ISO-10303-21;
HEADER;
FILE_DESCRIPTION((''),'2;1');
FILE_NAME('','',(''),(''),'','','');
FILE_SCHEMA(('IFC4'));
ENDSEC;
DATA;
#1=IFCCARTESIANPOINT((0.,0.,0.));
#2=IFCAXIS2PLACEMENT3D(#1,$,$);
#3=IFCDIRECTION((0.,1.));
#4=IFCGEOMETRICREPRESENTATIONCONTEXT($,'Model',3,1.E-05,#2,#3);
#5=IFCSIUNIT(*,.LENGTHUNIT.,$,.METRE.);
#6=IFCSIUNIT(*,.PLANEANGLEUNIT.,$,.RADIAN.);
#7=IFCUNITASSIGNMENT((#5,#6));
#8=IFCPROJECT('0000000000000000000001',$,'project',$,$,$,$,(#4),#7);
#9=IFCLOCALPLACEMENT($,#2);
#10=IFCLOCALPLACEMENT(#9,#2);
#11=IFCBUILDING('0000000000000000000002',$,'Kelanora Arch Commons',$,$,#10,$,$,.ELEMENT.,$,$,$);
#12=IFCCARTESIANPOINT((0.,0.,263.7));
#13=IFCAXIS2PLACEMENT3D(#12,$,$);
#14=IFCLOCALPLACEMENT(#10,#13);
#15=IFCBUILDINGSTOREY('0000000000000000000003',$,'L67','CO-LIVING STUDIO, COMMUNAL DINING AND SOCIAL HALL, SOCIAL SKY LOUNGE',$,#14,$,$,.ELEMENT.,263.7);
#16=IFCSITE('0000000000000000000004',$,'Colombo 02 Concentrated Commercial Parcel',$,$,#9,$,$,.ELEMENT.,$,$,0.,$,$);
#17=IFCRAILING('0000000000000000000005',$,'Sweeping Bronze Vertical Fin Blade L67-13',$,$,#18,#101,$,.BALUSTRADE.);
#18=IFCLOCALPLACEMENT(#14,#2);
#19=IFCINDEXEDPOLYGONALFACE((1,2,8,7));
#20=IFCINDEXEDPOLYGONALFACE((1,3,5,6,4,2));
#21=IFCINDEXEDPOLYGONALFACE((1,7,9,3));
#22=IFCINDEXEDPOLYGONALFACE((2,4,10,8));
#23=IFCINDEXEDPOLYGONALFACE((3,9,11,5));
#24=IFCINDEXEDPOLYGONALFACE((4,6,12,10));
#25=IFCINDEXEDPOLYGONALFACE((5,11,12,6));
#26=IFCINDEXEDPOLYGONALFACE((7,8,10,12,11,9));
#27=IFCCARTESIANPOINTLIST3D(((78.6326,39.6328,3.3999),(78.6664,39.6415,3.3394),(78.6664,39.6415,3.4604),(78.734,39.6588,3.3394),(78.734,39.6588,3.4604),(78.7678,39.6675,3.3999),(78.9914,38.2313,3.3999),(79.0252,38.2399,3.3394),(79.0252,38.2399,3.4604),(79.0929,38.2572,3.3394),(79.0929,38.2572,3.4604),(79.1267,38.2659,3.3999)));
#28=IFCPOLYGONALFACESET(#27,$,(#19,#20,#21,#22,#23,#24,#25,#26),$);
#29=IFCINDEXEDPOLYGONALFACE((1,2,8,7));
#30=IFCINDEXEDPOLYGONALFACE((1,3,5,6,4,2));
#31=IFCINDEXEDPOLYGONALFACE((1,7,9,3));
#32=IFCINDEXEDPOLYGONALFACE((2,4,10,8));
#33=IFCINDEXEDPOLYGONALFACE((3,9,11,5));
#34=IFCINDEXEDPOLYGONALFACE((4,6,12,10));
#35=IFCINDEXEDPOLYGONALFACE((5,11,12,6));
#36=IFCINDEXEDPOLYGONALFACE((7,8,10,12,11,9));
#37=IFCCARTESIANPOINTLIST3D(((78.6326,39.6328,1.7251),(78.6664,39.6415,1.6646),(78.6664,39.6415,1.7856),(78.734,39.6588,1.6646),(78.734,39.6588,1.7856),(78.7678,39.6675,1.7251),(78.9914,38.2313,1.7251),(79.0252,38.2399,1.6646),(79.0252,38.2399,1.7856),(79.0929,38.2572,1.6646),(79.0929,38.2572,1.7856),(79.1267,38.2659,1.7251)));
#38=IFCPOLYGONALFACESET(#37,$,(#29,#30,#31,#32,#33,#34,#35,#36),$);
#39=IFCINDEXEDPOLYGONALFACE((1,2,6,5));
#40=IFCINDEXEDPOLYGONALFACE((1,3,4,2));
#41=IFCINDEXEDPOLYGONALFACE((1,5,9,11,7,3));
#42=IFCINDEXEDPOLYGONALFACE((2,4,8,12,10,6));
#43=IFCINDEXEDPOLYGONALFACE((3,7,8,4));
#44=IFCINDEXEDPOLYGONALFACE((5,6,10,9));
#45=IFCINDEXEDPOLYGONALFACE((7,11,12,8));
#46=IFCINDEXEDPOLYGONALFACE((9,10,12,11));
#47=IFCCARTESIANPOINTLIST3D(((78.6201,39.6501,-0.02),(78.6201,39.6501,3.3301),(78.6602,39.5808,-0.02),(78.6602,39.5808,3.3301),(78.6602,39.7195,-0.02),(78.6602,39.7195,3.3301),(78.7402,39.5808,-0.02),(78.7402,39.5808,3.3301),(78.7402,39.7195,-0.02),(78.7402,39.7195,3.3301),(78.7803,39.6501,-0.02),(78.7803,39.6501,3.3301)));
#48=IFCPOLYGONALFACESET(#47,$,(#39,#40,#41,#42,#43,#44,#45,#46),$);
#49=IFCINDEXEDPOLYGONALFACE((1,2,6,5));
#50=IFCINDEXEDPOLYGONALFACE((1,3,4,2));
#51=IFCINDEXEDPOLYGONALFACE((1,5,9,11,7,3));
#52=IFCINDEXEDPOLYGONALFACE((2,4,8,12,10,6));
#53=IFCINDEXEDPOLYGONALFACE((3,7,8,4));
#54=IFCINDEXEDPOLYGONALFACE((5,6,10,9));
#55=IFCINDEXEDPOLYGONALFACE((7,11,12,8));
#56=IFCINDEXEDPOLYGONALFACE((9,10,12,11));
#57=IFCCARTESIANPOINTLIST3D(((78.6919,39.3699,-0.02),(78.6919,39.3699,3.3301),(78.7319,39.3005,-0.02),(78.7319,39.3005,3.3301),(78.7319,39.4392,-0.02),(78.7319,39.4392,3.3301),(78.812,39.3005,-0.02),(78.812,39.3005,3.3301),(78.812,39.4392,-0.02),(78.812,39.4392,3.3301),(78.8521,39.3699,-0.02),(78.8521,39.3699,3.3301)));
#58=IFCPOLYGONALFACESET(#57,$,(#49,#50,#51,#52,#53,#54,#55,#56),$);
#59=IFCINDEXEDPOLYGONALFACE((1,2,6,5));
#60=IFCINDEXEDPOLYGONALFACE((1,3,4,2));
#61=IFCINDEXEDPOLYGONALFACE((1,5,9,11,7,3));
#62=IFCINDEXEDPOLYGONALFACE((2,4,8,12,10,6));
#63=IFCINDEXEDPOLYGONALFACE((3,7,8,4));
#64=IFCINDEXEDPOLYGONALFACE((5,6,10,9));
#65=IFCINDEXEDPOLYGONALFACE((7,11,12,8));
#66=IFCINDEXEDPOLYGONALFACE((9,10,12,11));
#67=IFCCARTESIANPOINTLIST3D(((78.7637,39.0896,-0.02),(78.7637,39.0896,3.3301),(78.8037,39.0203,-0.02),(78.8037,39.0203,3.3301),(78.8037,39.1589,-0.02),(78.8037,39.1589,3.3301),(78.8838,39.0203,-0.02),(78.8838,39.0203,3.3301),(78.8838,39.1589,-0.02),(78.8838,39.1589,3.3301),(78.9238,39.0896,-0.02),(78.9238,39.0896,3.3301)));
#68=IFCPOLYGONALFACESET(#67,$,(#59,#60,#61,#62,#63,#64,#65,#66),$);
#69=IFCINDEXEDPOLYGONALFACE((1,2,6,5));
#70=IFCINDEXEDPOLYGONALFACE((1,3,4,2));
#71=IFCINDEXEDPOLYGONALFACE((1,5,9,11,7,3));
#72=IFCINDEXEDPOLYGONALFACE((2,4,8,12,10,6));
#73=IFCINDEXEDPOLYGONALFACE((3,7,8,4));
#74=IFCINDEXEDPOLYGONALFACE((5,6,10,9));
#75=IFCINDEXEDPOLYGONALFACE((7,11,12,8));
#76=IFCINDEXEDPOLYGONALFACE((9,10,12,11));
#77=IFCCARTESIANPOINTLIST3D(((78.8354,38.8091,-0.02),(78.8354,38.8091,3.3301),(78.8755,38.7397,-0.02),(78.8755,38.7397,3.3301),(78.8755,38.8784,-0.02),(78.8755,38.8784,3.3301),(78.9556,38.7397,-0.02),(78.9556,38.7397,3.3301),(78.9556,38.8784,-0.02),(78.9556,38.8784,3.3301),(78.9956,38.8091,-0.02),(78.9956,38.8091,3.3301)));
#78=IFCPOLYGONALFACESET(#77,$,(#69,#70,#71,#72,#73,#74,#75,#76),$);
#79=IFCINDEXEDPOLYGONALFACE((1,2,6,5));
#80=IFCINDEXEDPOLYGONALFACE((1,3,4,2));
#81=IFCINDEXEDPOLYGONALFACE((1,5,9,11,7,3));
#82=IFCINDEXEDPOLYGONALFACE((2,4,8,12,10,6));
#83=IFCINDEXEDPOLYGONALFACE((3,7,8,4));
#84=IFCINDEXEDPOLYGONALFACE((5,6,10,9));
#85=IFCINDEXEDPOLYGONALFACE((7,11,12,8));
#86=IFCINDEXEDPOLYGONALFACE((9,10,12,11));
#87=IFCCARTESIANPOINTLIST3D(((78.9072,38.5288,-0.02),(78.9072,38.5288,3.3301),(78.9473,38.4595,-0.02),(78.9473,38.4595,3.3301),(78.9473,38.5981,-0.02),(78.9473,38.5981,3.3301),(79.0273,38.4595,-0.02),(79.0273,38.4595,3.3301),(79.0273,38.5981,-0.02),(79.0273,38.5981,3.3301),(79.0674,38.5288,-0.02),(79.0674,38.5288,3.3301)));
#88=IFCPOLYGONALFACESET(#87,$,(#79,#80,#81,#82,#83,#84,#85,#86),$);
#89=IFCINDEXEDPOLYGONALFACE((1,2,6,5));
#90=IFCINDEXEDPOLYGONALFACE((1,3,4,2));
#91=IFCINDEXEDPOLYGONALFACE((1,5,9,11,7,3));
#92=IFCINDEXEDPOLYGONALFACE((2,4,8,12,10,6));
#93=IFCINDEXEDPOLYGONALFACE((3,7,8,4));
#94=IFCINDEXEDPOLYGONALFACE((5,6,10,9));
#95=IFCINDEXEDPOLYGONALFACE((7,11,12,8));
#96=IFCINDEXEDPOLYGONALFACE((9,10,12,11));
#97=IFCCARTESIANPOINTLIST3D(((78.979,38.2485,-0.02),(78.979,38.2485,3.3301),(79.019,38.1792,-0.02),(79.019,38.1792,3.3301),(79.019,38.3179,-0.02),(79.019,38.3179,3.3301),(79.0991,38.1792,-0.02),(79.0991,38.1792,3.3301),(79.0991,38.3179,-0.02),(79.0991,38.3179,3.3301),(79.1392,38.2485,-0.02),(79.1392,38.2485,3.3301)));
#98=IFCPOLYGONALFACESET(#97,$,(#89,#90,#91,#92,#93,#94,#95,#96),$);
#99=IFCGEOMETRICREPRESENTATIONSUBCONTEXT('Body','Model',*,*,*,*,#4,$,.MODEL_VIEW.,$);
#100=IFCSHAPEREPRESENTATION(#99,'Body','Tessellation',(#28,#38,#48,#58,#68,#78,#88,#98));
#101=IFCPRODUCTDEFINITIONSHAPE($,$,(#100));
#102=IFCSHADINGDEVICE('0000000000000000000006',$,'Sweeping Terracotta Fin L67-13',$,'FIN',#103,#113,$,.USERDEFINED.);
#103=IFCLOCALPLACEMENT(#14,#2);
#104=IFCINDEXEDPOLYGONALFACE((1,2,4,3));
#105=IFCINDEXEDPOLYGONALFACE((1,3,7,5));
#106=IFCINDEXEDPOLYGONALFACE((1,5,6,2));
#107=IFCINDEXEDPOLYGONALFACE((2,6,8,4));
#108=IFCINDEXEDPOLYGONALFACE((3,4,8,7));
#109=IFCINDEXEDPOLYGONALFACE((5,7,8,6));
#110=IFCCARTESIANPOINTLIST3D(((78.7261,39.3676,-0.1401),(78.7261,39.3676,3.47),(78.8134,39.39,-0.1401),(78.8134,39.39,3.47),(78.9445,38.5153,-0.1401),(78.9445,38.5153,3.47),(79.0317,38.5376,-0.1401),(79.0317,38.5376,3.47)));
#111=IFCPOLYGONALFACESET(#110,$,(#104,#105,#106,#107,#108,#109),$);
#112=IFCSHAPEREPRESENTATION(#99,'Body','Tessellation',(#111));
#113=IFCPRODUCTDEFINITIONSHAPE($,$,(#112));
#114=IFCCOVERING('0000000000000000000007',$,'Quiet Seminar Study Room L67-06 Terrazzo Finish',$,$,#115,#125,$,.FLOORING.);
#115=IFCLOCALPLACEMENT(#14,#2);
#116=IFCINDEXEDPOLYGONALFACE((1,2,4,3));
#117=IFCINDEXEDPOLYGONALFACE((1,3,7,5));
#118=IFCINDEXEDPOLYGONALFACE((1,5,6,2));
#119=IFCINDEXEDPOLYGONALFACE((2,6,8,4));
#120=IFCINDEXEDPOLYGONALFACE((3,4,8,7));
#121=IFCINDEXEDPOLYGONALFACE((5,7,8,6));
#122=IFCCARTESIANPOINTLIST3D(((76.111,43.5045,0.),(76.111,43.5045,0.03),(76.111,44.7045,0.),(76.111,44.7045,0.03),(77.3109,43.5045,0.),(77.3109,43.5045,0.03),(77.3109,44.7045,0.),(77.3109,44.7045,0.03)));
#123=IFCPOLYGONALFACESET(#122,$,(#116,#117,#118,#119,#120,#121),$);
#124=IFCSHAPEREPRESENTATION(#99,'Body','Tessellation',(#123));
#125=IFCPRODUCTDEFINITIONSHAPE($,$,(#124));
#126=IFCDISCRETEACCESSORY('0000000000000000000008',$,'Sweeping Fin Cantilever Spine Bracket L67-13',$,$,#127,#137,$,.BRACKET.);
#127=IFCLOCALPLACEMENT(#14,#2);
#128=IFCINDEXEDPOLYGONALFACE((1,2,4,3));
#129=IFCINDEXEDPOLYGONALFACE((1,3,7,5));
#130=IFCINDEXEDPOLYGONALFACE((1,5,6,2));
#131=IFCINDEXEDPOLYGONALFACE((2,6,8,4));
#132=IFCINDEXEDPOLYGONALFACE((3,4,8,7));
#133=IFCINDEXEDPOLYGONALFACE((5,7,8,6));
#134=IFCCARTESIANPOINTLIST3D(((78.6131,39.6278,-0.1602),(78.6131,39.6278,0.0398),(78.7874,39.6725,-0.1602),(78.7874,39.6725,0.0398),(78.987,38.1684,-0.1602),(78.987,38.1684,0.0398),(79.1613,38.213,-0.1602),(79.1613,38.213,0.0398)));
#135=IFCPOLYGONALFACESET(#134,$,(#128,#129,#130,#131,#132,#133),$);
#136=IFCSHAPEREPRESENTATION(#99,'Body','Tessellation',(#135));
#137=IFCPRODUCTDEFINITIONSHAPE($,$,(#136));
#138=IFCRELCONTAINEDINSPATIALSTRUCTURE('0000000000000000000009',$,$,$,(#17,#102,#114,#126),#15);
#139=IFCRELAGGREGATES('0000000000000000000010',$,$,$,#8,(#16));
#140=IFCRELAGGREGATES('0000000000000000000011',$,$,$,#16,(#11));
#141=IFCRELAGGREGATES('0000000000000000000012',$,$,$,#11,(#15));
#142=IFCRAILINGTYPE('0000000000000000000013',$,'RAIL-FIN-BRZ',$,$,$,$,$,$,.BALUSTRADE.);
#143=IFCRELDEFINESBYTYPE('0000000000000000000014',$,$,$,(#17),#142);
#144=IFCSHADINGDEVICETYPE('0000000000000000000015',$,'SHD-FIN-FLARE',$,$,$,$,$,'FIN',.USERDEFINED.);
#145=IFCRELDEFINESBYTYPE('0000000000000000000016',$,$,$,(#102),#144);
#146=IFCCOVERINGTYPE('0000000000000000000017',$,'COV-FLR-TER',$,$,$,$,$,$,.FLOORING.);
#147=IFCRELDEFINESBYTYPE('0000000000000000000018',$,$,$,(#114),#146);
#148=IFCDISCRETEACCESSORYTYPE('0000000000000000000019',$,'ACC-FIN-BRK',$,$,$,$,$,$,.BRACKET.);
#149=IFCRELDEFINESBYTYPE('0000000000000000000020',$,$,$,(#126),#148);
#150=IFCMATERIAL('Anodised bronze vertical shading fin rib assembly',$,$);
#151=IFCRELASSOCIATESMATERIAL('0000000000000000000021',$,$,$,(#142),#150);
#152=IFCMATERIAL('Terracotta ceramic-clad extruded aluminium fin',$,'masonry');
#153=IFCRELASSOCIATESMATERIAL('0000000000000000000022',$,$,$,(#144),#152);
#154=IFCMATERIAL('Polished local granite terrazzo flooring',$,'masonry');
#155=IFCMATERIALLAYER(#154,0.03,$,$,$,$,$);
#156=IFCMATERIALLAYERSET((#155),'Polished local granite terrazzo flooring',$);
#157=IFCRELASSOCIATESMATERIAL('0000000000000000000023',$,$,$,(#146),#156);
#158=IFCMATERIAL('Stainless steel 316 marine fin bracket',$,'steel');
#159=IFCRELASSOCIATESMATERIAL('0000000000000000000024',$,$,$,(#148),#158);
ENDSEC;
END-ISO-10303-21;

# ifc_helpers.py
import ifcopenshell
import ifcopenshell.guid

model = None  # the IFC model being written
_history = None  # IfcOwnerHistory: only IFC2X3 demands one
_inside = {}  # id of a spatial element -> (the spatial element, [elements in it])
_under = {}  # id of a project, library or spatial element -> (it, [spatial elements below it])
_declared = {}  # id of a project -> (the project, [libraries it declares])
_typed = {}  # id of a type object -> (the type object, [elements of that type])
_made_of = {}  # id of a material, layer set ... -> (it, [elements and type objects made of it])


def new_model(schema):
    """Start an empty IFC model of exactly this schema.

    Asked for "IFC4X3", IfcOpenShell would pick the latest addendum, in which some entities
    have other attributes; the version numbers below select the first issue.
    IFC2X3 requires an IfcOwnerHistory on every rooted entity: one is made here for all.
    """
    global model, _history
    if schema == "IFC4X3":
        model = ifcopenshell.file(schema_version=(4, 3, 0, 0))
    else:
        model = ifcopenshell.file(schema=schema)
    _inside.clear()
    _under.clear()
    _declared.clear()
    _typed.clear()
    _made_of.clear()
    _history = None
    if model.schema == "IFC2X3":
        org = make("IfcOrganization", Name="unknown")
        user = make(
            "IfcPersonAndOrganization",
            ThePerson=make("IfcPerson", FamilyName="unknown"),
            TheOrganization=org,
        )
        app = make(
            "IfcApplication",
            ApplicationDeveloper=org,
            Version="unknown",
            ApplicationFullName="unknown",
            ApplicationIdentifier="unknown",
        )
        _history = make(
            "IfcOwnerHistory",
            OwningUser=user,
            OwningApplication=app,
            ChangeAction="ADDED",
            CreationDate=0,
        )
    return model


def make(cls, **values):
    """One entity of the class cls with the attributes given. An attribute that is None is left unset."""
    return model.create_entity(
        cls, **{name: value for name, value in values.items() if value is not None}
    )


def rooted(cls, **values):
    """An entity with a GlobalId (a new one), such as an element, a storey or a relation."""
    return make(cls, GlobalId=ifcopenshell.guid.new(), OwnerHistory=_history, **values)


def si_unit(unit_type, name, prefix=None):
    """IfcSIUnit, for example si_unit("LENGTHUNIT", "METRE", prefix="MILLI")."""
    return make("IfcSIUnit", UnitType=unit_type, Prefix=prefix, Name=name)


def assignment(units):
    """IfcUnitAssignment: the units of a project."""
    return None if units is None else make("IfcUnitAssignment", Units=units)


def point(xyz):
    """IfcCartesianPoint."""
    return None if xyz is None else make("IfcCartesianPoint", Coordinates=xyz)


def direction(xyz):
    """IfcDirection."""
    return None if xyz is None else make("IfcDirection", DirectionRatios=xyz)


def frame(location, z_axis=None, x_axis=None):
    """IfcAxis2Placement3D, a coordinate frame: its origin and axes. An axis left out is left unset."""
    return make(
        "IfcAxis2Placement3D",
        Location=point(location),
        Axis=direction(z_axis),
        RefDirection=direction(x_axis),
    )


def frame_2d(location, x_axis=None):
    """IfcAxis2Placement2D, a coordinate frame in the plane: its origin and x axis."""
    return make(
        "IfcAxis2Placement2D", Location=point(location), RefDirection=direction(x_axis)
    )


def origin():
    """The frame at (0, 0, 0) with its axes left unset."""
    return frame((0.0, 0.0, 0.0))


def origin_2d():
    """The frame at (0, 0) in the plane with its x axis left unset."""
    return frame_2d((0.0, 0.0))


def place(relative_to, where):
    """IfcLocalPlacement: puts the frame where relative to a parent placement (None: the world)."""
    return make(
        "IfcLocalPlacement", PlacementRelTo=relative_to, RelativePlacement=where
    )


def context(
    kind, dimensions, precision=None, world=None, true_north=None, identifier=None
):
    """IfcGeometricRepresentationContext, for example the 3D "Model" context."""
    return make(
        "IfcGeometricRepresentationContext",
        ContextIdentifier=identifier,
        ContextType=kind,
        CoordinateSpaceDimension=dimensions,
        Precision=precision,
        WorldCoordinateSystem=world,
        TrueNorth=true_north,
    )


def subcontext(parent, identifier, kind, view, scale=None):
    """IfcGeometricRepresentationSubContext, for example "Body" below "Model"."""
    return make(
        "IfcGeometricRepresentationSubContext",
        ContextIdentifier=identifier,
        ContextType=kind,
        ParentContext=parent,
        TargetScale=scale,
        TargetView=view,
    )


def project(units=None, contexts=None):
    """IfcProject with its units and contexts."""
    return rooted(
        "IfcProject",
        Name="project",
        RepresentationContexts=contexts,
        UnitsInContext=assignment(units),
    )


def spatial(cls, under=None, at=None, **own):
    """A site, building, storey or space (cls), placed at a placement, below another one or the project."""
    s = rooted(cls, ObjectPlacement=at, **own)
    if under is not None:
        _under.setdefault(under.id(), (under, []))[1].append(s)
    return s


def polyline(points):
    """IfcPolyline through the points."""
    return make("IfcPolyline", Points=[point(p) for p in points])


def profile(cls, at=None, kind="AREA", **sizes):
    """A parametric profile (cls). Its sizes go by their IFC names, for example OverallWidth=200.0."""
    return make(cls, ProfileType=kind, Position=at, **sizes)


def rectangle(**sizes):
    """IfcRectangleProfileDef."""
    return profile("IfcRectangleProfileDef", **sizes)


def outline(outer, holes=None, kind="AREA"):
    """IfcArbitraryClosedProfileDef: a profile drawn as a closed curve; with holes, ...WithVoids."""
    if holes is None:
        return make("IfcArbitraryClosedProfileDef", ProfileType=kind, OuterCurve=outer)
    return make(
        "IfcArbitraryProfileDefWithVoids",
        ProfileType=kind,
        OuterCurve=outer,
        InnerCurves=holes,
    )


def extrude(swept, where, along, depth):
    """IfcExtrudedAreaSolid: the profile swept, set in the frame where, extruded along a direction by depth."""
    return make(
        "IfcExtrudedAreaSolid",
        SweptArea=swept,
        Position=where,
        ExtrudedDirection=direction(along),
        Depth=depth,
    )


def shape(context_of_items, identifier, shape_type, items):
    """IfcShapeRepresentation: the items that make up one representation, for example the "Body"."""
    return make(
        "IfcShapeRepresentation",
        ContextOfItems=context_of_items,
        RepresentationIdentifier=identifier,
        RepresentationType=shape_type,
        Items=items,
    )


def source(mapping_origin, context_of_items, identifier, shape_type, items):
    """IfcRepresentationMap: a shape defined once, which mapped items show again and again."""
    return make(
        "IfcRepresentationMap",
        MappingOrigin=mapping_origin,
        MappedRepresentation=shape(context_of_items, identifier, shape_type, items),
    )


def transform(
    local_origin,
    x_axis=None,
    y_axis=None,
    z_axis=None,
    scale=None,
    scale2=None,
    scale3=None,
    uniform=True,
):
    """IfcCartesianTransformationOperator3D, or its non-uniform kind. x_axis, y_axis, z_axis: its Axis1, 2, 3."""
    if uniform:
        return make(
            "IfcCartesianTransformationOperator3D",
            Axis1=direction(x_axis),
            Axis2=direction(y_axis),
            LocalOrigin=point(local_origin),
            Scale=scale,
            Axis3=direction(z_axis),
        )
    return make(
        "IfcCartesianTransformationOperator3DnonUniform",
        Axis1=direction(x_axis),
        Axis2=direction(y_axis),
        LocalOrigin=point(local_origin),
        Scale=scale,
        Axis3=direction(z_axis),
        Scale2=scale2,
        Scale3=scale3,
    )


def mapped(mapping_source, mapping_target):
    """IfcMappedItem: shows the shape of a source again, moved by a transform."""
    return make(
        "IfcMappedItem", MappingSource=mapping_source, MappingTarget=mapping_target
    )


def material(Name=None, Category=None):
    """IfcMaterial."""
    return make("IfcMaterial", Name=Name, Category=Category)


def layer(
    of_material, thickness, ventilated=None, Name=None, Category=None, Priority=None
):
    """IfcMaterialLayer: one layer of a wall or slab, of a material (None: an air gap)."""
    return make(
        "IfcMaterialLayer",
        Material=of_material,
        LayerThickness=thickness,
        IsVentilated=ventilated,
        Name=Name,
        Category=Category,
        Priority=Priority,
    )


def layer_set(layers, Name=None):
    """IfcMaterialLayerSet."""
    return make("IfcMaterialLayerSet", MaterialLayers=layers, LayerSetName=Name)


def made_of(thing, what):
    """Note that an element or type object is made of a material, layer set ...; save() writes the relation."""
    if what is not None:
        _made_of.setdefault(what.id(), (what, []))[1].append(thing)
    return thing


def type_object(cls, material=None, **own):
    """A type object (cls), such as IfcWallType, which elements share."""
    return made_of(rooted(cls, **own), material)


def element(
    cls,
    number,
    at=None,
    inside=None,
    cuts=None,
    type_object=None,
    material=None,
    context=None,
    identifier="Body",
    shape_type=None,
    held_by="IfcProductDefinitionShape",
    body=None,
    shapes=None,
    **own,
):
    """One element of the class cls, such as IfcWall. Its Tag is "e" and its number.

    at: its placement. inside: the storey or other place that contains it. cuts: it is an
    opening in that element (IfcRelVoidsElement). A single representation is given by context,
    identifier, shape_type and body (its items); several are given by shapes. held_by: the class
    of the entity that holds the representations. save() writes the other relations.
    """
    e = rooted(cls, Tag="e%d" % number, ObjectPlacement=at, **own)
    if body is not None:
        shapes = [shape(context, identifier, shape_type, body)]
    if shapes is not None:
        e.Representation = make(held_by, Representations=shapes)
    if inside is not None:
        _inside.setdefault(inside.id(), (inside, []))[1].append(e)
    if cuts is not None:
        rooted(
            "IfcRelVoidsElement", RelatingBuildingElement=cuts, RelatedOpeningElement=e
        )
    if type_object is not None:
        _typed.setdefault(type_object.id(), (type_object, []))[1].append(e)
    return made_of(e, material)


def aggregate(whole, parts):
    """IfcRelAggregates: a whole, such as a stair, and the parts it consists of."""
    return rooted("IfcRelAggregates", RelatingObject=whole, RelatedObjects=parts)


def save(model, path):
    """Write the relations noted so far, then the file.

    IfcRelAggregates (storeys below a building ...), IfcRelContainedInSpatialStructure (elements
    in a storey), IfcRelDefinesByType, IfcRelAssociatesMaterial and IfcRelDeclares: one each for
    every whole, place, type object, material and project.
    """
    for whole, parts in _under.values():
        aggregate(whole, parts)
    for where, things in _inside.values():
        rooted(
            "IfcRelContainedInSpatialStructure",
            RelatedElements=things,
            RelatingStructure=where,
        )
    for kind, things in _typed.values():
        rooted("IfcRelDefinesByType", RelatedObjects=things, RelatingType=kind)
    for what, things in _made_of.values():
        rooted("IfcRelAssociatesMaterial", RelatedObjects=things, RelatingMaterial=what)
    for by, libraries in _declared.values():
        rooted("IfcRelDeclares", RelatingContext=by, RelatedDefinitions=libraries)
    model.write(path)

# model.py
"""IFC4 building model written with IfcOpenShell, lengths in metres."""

from ifc_helpers import new_model, si_unit, direction, frame, origin, origin_2d, place, context, subcontext, project, spatial, polyline, rectangle, outline, extrude, source, transform, mapped, material, layer, layer_set, type_object, element, save


model = new_model("IFC4")

# Units and contexts
model_context = context("Model", 3, precision=1e-05, world=origin(), true_north=direction((0.0, 1.0)))
body_context = subcontext(model_context, "Body", "Model", "MODEL_VIEW")
ifc_project = project(units=[si_unit("LENGTHUNIT", "METRE"), si_unit("PLANEANGLEUNIT", "RADIAN")], contexts=[model_context])

# Site, building, storey
site_placement = place(None, origin())
site = spatial("IfcSite", under=ifc_project, at=site_placement, Name="Colombo 02 Concentrated Commercial Parcel", CompositionType="ELEMENT", RefElevation=0.0)
building_placement = place(site_placement, origin())
building = spatial("IfcBuilding", under=site, at=building_placement, Name="Kelanora Arch Commons", CompositionType="ELEMENT")
storey_placement = place(building_placement, frame((0.0, 0.0, 263.7)))
storey = spatial("IfcBuildingStorey", under=building, at=storey_placement, Name="L67", Description="CO-LIVING STUDIO, COMMUNAL DINING AND SOCIAL HALL, SOCIAL SKY LOUNGE", CompositionType="ELEMENT", Elevation=263.7)

# Railing
ifc_material_1 = material(Name="Anodised bronze vertical shading fin rib assembly")
railing_type = type_object("IfcRailingType", Name="RAIL-FIN-BRZ", PredefinedType="BALUSTRADE", material=ifc_material_1)
railing_placement = place(storey_placement, frame((78.7002, 39.6501, -0.02)))
element("IfcRailing", 1, at=railing_placement, inside=storey, type_object=railing_type, Name="Sweeping Bronze Vertical Fin Blade L67-13", PredefinedType="BALUSTRADE", context=body_context, shape_type="SweptSolid", body=[
    extrude(outline(polyline([(0.0698, 0.0), (0.0349, 0.0605), (-0.0349, 0.0605), (-0.0698, 0.0), (-0.0349, -0.0605), (0.0349, -0.0605), (0.0698, 0.0)])), frame((0.0, 0.0, 3.4199), z_axis=(0.248051, -0.968747, 0.0), x_axis=(0.968747, 0.248051, 0.0)), (0.0, 0.0, 1.0), 1.4468),
    extrude(outline(polyline([(0.0698, 0.0), (0.0349, 0.0605), (-0.0349, 0.0605), (-0.0698, 0.0), (-0.0349, -0.0605), (0.0349, -0.0605), (0.0698, 0.0)])), frame((0.0, 0.0, 1.7451), z_axis=(0.248051, -0.968747, 0.0), x_axis=(0.968747, 0.248051, 0.0)), (0.0, 0.0, 1.0), 1.4468),
    extrude(outline(polyline([(0.0801, 0.0), (0.04, 0.0693), (-0.04, 0.0693), (-0.0801, 0.0), (-0.04, -0.0693), (0.04, -0.0693), (0.0801, 0.0)])), origin(), (0.0, 0.0, 1.0), 3.3501),
    extrude(outline(polyline([(0.0801, 0.0), (0.04, 0.0693), (-0.04, 0.0693), (-0.0801, 0.0), (-0.04, -0.0693), (0.04, -0.0693), (0.0801, 0.0)])), frame((0.0718, -0.2803, 0.0)), (0.0, 0.0, 1.0), 3.3501),
    extrude(outline(polyline([(0.0801, 0.0), (0.04, 0.0693), (-0.04, 0.0693), (-0.0801, 0.0), (-0.04, -0.0693), (0.04, -0.0693), (0.0801, 0.0)])), frame((0.1436, -0.5605, 0.0)), (0.0, 0.0, 1.0), 3.3501),
    extrude(outline(polyline([(0.0801, 0.0), (0.04, 0.0693), (-0.04, 0.0693), (-0.0801, 0.0), (-0.04, -0.0693), (0.04, -0.0693), (0.0801, 0.0)])), frame((0.2153, -0.8411, 0.0)), (0.0, 0.0, 1.0), 3.3501),
    extrude(outline(polyline([(0.0801, 0.0), (0.04, 0.0693), (-0.04, 0.0693), (-0.0801, 0.0), (-0.04, -0.0693), (0.04, -0.0693), (0.0801, 0.0)])), frame((0.2871, -1.1213, 0.0)), (0.0, 0.0, 1.0), 3.3501),
    extrude(outline(polyline([(0.0801, 0.0), (0.04, 0.0693), (-0.04, 0.0693), (-0.0801, 0.0), (-0.04, -0.0693), (0.04, -0.0693), (0.0801, 0.0)])), frame((0.3589, -1.4016, 0.0)), (0.0, 0.0, 1.0), 3.3501),
])

# Shading device
ifc_material_2 = material(Name="Terracotta ceramic-clad extruded aluminium fin", Category="masonry")
shading_device_type = type_object("IfcShadingDeviceType", Name="SHD-FIN-FLARE", ElementType="FIN", PredefinedType="USERDEFINED", material=ifc_material_2)
shared_shape_1 = source(origin(), body_context, "Body", "SweptSolid", [
    extrude(rectangle(XDim=0.8799, YDim=0.0901, at=origin_2d()), origin(), (0.0, 0.0, 1.0), 3.6101),
])
shading_device_placement = place(storey_placement, frame((78.8789, 38.9526, -0.1401), z_axis=(0.0, 0.0, 1.0), x_axis=(0.248183, -0.968713, 0.0)))
element("IfcShadingDevice", 2, at=shading_device_placement, inside=storey, type_object=shading_device_type, Name="Sweeping Terracotta Fin L67-13", ObjectType="FIN", PredefinedType="USERDEFINED", context=body_context, shape_type="MappedRepresentation", body=[
    mapped(shared_shape_1, transform((0.0, 0.0, 0.0), scale=1.0)),
])

# Covering
ifc_material_3 = material(Name="Polished local granite terrazzo flooring", Category="masonry")
ifc_layer_1 = layer(ifc_material_3, 0.03)
ifc_layer_set_1 = layer_set([ifc_layer_1], Name="Polished local granite terrazzo flooring")
covering_type = type_object("IfcCoveringType", Name="COV-FLR-TER", PredefinedType="FLOORING", material=ifc_layer_set_1)
shared_shape_2 = source(origin(), body_context, "Body", "SweptSolid", [
    extrude(rectangle(XDim=1.2, YDim=1.2, at=origin_2d()), origin(), (0.0, 0.0, 1.0), 0.03),
])
covering_placement = place(storey_placement, frame((76.7109, 44.1045, 0.0), z_axis=(0.0, 0.0, 1.0), x_axis=(1.0, 0.0, 0.0)))
element("IfcCovering", 3, at=covering_placement, inside=storey, type_object=covering_type, Name="Quiet Seminar Study Room L67-06 Terrazzo Finish", PredefinedType="FLOORING", context=body_context, shape_type="MappedRepresentation", body=[
    mapped(shared_shape_2, transform((0.0, 0.0, 0.0), scale=1.0)),
])

# Discrete accessory
ifc_material_4 = material(Name="Stainless steel 316 marine fin bracket", Category="steel")
discrete_accessory_type = type_object("IfcDiscreteAccessoryType", Name="ACC-FIN-BRK", PredefinedType="BRACKET", material=ifc_material_4)
shared_shape_3 = source(origin(), body_context, "Body", "SweptSolid", [
    extrude(rectangle(XDim=1.5066, YDim=0.1799, at=origin_2d()), origin(), (0.0, 0.0, 1.0), 0.2),
])
discrete_accessory_placement = place(storey_placement, frame((78.8872, 38.9204, -0.1602), z_axis=(0.0, 0.0, 1.0), x_axis=(0.248183, -0.968713, 0.0)))
element("IfcDiscreteAccessory", 4, at=discrete_accessory_placement, inside=storey, type_object=discrete_accessory_type, Name="Sweeping Fin Cantilever Spine Bracket L67-13", PredefinedType="BRACKET", context=body_context, shape_type="MappedRepresentation", body=[
    mapped(shared_shape_3, transform((0.0, 0.0, 0.0), scale=1.0)),
])

save(model, "model.ifc")
